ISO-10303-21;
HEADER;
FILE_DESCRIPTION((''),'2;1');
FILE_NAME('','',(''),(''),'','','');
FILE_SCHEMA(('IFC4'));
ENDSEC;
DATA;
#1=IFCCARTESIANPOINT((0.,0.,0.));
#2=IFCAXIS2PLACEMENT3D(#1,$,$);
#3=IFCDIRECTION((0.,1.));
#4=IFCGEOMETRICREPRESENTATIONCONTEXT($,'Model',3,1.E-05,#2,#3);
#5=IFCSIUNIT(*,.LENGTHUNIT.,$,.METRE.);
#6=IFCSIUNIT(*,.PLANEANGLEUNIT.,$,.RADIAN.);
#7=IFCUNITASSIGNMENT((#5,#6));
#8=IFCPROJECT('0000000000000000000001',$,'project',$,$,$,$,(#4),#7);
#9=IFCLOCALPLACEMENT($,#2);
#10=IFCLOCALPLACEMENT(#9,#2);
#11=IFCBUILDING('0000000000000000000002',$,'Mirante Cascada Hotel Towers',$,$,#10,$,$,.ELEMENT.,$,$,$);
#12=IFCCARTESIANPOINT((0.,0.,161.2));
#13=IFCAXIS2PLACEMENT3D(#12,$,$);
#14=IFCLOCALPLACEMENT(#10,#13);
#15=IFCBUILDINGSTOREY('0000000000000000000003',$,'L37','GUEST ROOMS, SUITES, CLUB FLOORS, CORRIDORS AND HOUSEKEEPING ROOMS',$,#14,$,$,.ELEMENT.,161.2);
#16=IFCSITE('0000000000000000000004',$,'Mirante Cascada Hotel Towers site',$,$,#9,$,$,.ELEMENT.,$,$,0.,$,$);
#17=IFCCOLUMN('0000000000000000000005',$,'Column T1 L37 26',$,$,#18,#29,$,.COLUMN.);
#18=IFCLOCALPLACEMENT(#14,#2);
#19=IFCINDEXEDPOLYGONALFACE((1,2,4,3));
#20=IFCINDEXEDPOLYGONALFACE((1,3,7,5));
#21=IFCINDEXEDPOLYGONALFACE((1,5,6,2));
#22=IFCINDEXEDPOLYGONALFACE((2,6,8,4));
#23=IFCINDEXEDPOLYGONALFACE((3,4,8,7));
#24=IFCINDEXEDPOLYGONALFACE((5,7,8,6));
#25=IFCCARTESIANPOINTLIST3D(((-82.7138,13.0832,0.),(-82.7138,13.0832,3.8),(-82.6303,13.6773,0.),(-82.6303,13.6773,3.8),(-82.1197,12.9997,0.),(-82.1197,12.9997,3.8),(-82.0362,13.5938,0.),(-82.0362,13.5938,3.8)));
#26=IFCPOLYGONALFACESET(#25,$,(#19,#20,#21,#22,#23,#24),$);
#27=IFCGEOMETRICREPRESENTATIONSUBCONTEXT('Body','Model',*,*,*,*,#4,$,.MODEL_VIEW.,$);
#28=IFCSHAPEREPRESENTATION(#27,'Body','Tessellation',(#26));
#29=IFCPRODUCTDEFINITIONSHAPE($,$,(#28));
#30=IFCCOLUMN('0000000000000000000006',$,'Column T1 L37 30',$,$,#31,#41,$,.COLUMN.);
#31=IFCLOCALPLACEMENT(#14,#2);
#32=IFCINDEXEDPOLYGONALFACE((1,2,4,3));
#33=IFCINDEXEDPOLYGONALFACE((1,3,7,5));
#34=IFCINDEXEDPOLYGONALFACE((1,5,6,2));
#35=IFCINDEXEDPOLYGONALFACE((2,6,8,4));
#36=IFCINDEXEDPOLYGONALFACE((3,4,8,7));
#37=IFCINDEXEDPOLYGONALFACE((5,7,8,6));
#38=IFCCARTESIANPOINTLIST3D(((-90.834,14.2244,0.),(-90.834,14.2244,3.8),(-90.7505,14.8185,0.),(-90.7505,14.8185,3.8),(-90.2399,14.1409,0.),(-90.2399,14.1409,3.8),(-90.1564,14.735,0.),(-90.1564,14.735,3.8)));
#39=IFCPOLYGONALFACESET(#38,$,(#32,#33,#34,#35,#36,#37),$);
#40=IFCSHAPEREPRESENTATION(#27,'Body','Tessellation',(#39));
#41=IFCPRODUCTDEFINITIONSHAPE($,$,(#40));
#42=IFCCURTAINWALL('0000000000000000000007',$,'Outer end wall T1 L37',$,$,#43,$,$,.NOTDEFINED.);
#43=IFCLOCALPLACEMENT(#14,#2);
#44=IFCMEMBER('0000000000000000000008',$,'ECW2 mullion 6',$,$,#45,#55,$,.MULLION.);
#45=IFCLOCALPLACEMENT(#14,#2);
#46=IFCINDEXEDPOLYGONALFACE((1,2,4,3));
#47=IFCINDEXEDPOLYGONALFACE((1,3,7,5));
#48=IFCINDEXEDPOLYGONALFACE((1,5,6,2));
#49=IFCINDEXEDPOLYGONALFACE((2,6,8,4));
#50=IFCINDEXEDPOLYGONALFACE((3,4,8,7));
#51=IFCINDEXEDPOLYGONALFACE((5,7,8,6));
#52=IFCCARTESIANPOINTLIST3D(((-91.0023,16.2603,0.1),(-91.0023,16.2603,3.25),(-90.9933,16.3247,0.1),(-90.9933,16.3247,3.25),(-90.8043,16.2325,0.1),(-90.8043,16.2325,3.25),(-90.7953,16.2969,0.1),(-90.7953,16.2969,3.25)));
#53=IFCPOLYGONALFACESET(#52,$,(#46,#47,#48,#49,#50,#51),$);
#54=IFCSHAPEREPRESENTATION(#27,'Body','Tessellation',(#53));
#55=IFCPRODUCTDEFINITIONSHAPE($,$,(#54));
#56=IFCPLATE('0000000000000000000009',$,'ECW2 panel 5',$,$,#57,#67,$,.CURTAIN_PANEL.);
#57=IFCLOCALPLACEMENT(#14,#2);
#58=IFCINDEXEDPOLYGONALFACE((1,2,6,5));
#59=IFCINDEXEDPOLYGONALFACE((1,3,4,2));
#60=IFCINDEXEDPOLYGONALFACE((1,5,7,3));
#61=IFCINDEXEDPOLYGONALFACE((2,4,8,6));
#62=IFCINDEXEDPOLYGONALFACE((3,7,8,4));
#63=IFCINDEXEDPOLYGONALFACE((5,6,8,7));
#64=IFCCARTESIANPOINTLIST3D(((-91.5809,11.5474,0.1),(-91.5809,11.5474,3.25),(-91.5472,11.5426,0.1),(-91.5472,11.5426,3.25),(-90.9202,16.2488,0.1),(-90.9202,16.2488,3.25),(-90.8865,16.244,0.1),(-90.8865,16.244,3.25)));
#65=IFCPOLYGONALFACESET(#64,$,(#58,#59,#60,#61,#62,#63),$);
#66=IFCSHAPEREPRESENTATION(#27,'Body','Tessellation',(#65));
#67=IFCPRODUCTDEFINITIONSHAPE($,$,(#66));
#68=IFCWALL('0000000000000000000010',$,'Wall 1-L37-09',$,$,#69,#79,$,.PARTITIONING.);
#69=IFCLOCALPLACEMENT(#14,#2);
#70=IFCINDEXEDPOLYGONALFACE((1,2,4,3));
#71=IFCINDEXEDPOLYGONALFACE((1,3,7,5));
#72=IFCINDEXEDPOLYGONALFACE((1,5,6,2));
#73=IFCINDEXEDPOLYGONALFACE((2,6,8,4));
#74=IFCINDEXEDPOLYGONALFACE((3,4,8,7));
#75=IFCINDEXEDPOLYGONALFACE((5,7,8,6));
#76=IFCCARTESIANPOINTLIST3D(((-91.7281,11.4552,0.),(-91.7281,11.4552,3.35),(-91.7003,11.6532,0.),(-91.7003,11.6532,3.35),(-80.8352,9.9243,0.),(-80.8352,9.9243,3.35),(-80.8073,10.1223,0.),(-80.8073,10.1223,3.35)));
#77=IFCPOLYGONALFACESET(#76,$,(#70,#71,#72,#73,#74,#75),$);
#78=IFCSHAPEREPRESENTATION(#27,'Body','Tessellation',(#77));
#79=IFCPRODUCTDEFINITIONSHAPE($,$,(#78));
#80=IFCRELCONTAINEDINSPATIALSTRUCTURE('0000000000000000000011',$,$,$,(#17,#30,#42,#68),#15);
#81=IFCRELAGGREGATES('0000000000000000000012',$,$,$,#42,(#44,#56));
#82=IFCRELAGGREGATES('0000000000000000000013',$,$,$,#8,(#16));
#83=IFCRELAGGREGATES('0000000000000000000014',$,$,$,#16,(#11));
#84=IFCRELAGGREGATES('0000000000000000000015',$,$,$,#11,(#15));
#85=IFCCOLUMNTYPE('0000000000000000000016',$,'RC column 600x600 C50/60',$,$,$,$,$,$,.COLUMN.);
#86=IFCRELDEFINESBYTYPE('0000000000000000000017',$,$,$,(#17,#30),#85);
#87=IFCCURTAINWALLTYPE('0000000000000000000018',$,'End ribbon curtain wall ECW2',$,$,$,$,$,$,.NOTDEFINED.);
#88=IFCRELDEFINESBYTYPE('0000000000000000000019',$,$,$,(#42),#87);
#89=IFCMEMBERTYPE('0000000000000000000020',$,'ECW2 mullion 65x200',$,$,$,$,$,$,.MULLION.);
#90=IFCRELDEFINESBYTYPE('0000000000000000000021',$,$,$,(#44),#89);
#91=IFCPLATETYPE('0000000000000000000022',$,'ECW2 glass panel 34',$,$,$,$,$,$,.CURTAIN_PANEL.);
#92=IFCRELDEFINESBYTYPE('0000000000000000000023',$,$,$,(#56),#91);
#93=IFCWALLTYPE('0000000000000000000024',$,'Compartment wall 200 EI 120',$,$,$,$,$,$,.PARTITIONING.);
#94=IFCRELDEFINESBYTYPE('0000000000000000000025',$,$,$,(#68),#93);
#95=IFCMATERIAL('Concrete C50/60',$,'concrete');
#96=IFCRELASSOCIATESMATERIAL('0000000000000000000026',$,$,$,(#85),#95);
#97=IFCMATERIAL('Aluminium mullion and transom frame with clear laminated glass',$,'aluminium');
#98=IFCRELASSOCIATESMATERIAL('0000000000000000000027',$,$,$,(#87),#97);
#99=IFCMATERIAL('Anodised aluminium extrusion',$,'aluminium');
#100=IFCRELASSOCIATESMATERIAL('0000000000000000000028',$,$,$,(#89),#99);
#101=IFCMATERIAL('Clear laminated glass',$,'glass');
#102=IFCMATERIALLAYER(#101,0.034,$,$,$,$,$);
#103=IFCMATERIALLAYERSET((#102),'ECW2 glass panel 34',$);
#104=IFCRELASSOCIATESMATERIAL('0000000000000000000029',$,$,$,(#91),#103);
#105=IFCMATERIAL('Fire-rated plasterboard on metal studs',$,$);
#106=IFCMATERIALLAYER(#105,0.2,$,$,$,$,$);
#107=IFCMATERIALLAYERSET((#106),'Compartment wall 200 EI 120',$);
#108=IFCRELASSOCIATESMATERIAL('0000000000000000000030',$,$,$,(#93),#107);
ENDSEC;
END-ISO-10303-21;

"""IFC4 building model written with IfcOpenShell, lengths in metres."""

from ifc_helpers import new_model, si_unit, direction, frame, frame_2d, origin, origin_2d, place, context, subcontext, project, spatial, rectangle, extrude, material, layer, layer_set, material_profile, profile_set, type_object, element, aggregate, save


model = new_model("IFC4")

# Units and contexts
model_context = context("Model", 3, precision=1e-05, world=origin(), true_north=direction((0.0, 1.0)))
body_context = subcontext(model_context, "Body", "Model", "MODEL_VIEW")
ifc_project = project(units=[si_unit("LENGTHUNIT", "METRE"), si_unit("PLANEANGLEUNIT", "RADIAN")], contexts=[model_context])

# Site, building, storey
site_placement = place(None, origin())
site = spatial("IfcSite", under=ifc_project, at=site_placement, Name="Mirante Cascada Hotel Towers site", CompositionType="ELEMENT", RefElevation=0.0)
building_placement = place(site_placement, origin())
building = spatial("IfcBuilding", under=site, at=building_placement, Name="Mirante Cascada Hotel Towers", CompositionType="ELEMENT")
storey_placement = place(building_placement, frame((0.0, 0.0, 161.2)))
storey = spatial("IfcBuildingStorey", under=building, at=storey_placement, Name="L37", Description="GUEST ROOMS, SUITES, CLUB FLOORS, CORRIDORS AND HOUSEKEEPING ROOMS", CompositionType="ELEMENT", Elevation=161.2)

# Columns
ifc_material_1 = material(Name="Concrete C50/60", Category="concrete")
ifc_material_profile_1 = material_profile(ifc_material_1, rectangle(XDim=0.6, YDim=0.6, at=origin_2d()), Name="RC column 600x600 C50/60")
ifc_profile_set_1 = profile_set([ifc_material_profile_1], Name="Concrete C50/60")
column_type = type_object("IfcColumnType", Name="RC column 600x600 C50/60", PredefinedType="COLUMN", material=ifc_profile_set_1)
for number, where, z_axis, x_axis, name in (
    (1, (-82.375, 13.3385, 0.0), (0.0, 0.0, 1.0), (-0.990268, 0.139173, 0.0), "Column T1 L37 26"),
    (2, (-90.4952, 14.4797, 0.0), (0.0, 0.0, 1.0), (-0.990268, 0.139173, 0.0), "Column T1 L37 30"),
):
    element("IfcColumn", number, at=place(storey_placement, frame(where, z_axis=z_axis, x_axis=x_axis)), inside=storey, type_object=column_type, Name=name, PredefinedType="COLUMN", context=body_context, shape_type="SweptSolid", body=[
        extrude(rectangle(XDim=0.6, YDim=0.6, at=origin_2d()), origin(), (0.0, 0.0, 1.0), 3.8),
    ])

# Curtain wall, member, plate
ifc_material_2 = material(Name="Aluminium mullion and transom frame with clear laminated glass", Category="aluminium")
curtain_wall_type = type_object("IfcCurtainWallType", Name="End ribbon curtain wall ECW2", PredefinedType="NOTDEFINED", material=ifc_material_2)
curtain_wall_placement = place(storey_placement, origin())
curtain_wall = element("IfcCurtainWall", 3, at=curtain_wall_placement, inside=storey, type_object=curtain_wall_type, Name="Outer end wall T1 L37", PredefinedType="NOTDEFINED")
ifc_material_3 = material(Name="Anodised aluminium extrusion", Category="aluminium")
ifc_material_profile_2 = material_profile(ifc_material_3, rectangle(XDim=0.2, YDim=0.065, at=origin_2d()), Name="ECW2 MULLION 65x200")
ifc_profile_set_2 = profile_set([ifc_material_profile_2], Name="Anodised aluminium extrusion")
member_type = type_object("IfcMemberType", Name="ECW2 mullion 65x200", PredefinedType="MULLION", material=ifc_profile_set_2)
member_placement = place(storey_placement, frame((-90.8988, 16.2786, 0.1), z_axis=(0.0, 0.0, 1.0), x_axis=(-0.990268, 0.139173, 0.0)))
member = element("IfcMember", 4, at=member_placement, type_object=member_type, Name="ECW2 mullion 6", PredefinedType="MULLION", context=body_context, shape_type="SweptSolid", body=[
    extrude(rectangle(XDim=0.2, YDim=0.065, at=origin_2d()), origin(), (0.0, 0.0, 1.0), 3.15),
])
ifc_material_4 = material(Name="Clear laminated glass", Category="glass")
ifc_layer_1 = layer(ifc_material_4, 0.034)
ifc_layer_set_1 = layer_set([ifc_layer_1], Name="ECW2 glass panel 34")
plate_type = type_object("IfcPlateType", Name="ECW2 glass panel 34", PredefinedType="CURTAIN_PANEL", material=ifc_layer_set_1)
plate_placement = place(storey_placement, frame((-91.2337, 13.8957, 0.1), z_axis=(0.0, 0.0, 1.0), x_axis=(0.139173, 0.990268, 0.0)))
plate = element("IfcPlate", 5, at=plate_placement, type_object=plate_type, Name="ECW2 panel 5", PredefinedType="CURTAIN_PANEL", context=body_context, shape_type="SweptSolid", body=[
    extrude(rectangle(XDim=4.7476, YDim=0.034, at=origin_2d()), origin(), (0.0, 0.0, 1.0), 3.15),
])
aggregate(curtain_wall, [member, plate])

# Wall
ifc_material_5 = material(Name="Fire-rated plasterboard on metal studs")
ifc_layer_2 = layer(ifc_material_5, 0.2)
ifc_layer_set_2 = layer_set([ifc_layer_2], Name="Compartment wall 200 EI 120")
wall_type_1 = type_object("IfcWallType", Name="Compartment wall 200 EI 120", PredefinedType="PARTITIONING", material=ifc_layer_set_2)
wall_1_placement = place(storey_placement, frame((-91.7142, 11.5542, 0.0), z_axis=(0.0, 0.0, 1.0), x_axis=(0.990268, -0.139173, 0.0)))
element("IfcWall", 6, at=wall_1_placement, inside=storey, type_object=wall_type_1, Name="Wall 1-L37-09", PredefinedType="PARTITIONING", context=body_context, shape_type="SweptSolid", body=[
    extrude(rectangle(XDim=11.0, YDim=0.2, at=frame_2d((5.5, 0.0))), origin(), (0.0, 0.0, 1.0), 3.35),
])

save(model, "model.ifc")
